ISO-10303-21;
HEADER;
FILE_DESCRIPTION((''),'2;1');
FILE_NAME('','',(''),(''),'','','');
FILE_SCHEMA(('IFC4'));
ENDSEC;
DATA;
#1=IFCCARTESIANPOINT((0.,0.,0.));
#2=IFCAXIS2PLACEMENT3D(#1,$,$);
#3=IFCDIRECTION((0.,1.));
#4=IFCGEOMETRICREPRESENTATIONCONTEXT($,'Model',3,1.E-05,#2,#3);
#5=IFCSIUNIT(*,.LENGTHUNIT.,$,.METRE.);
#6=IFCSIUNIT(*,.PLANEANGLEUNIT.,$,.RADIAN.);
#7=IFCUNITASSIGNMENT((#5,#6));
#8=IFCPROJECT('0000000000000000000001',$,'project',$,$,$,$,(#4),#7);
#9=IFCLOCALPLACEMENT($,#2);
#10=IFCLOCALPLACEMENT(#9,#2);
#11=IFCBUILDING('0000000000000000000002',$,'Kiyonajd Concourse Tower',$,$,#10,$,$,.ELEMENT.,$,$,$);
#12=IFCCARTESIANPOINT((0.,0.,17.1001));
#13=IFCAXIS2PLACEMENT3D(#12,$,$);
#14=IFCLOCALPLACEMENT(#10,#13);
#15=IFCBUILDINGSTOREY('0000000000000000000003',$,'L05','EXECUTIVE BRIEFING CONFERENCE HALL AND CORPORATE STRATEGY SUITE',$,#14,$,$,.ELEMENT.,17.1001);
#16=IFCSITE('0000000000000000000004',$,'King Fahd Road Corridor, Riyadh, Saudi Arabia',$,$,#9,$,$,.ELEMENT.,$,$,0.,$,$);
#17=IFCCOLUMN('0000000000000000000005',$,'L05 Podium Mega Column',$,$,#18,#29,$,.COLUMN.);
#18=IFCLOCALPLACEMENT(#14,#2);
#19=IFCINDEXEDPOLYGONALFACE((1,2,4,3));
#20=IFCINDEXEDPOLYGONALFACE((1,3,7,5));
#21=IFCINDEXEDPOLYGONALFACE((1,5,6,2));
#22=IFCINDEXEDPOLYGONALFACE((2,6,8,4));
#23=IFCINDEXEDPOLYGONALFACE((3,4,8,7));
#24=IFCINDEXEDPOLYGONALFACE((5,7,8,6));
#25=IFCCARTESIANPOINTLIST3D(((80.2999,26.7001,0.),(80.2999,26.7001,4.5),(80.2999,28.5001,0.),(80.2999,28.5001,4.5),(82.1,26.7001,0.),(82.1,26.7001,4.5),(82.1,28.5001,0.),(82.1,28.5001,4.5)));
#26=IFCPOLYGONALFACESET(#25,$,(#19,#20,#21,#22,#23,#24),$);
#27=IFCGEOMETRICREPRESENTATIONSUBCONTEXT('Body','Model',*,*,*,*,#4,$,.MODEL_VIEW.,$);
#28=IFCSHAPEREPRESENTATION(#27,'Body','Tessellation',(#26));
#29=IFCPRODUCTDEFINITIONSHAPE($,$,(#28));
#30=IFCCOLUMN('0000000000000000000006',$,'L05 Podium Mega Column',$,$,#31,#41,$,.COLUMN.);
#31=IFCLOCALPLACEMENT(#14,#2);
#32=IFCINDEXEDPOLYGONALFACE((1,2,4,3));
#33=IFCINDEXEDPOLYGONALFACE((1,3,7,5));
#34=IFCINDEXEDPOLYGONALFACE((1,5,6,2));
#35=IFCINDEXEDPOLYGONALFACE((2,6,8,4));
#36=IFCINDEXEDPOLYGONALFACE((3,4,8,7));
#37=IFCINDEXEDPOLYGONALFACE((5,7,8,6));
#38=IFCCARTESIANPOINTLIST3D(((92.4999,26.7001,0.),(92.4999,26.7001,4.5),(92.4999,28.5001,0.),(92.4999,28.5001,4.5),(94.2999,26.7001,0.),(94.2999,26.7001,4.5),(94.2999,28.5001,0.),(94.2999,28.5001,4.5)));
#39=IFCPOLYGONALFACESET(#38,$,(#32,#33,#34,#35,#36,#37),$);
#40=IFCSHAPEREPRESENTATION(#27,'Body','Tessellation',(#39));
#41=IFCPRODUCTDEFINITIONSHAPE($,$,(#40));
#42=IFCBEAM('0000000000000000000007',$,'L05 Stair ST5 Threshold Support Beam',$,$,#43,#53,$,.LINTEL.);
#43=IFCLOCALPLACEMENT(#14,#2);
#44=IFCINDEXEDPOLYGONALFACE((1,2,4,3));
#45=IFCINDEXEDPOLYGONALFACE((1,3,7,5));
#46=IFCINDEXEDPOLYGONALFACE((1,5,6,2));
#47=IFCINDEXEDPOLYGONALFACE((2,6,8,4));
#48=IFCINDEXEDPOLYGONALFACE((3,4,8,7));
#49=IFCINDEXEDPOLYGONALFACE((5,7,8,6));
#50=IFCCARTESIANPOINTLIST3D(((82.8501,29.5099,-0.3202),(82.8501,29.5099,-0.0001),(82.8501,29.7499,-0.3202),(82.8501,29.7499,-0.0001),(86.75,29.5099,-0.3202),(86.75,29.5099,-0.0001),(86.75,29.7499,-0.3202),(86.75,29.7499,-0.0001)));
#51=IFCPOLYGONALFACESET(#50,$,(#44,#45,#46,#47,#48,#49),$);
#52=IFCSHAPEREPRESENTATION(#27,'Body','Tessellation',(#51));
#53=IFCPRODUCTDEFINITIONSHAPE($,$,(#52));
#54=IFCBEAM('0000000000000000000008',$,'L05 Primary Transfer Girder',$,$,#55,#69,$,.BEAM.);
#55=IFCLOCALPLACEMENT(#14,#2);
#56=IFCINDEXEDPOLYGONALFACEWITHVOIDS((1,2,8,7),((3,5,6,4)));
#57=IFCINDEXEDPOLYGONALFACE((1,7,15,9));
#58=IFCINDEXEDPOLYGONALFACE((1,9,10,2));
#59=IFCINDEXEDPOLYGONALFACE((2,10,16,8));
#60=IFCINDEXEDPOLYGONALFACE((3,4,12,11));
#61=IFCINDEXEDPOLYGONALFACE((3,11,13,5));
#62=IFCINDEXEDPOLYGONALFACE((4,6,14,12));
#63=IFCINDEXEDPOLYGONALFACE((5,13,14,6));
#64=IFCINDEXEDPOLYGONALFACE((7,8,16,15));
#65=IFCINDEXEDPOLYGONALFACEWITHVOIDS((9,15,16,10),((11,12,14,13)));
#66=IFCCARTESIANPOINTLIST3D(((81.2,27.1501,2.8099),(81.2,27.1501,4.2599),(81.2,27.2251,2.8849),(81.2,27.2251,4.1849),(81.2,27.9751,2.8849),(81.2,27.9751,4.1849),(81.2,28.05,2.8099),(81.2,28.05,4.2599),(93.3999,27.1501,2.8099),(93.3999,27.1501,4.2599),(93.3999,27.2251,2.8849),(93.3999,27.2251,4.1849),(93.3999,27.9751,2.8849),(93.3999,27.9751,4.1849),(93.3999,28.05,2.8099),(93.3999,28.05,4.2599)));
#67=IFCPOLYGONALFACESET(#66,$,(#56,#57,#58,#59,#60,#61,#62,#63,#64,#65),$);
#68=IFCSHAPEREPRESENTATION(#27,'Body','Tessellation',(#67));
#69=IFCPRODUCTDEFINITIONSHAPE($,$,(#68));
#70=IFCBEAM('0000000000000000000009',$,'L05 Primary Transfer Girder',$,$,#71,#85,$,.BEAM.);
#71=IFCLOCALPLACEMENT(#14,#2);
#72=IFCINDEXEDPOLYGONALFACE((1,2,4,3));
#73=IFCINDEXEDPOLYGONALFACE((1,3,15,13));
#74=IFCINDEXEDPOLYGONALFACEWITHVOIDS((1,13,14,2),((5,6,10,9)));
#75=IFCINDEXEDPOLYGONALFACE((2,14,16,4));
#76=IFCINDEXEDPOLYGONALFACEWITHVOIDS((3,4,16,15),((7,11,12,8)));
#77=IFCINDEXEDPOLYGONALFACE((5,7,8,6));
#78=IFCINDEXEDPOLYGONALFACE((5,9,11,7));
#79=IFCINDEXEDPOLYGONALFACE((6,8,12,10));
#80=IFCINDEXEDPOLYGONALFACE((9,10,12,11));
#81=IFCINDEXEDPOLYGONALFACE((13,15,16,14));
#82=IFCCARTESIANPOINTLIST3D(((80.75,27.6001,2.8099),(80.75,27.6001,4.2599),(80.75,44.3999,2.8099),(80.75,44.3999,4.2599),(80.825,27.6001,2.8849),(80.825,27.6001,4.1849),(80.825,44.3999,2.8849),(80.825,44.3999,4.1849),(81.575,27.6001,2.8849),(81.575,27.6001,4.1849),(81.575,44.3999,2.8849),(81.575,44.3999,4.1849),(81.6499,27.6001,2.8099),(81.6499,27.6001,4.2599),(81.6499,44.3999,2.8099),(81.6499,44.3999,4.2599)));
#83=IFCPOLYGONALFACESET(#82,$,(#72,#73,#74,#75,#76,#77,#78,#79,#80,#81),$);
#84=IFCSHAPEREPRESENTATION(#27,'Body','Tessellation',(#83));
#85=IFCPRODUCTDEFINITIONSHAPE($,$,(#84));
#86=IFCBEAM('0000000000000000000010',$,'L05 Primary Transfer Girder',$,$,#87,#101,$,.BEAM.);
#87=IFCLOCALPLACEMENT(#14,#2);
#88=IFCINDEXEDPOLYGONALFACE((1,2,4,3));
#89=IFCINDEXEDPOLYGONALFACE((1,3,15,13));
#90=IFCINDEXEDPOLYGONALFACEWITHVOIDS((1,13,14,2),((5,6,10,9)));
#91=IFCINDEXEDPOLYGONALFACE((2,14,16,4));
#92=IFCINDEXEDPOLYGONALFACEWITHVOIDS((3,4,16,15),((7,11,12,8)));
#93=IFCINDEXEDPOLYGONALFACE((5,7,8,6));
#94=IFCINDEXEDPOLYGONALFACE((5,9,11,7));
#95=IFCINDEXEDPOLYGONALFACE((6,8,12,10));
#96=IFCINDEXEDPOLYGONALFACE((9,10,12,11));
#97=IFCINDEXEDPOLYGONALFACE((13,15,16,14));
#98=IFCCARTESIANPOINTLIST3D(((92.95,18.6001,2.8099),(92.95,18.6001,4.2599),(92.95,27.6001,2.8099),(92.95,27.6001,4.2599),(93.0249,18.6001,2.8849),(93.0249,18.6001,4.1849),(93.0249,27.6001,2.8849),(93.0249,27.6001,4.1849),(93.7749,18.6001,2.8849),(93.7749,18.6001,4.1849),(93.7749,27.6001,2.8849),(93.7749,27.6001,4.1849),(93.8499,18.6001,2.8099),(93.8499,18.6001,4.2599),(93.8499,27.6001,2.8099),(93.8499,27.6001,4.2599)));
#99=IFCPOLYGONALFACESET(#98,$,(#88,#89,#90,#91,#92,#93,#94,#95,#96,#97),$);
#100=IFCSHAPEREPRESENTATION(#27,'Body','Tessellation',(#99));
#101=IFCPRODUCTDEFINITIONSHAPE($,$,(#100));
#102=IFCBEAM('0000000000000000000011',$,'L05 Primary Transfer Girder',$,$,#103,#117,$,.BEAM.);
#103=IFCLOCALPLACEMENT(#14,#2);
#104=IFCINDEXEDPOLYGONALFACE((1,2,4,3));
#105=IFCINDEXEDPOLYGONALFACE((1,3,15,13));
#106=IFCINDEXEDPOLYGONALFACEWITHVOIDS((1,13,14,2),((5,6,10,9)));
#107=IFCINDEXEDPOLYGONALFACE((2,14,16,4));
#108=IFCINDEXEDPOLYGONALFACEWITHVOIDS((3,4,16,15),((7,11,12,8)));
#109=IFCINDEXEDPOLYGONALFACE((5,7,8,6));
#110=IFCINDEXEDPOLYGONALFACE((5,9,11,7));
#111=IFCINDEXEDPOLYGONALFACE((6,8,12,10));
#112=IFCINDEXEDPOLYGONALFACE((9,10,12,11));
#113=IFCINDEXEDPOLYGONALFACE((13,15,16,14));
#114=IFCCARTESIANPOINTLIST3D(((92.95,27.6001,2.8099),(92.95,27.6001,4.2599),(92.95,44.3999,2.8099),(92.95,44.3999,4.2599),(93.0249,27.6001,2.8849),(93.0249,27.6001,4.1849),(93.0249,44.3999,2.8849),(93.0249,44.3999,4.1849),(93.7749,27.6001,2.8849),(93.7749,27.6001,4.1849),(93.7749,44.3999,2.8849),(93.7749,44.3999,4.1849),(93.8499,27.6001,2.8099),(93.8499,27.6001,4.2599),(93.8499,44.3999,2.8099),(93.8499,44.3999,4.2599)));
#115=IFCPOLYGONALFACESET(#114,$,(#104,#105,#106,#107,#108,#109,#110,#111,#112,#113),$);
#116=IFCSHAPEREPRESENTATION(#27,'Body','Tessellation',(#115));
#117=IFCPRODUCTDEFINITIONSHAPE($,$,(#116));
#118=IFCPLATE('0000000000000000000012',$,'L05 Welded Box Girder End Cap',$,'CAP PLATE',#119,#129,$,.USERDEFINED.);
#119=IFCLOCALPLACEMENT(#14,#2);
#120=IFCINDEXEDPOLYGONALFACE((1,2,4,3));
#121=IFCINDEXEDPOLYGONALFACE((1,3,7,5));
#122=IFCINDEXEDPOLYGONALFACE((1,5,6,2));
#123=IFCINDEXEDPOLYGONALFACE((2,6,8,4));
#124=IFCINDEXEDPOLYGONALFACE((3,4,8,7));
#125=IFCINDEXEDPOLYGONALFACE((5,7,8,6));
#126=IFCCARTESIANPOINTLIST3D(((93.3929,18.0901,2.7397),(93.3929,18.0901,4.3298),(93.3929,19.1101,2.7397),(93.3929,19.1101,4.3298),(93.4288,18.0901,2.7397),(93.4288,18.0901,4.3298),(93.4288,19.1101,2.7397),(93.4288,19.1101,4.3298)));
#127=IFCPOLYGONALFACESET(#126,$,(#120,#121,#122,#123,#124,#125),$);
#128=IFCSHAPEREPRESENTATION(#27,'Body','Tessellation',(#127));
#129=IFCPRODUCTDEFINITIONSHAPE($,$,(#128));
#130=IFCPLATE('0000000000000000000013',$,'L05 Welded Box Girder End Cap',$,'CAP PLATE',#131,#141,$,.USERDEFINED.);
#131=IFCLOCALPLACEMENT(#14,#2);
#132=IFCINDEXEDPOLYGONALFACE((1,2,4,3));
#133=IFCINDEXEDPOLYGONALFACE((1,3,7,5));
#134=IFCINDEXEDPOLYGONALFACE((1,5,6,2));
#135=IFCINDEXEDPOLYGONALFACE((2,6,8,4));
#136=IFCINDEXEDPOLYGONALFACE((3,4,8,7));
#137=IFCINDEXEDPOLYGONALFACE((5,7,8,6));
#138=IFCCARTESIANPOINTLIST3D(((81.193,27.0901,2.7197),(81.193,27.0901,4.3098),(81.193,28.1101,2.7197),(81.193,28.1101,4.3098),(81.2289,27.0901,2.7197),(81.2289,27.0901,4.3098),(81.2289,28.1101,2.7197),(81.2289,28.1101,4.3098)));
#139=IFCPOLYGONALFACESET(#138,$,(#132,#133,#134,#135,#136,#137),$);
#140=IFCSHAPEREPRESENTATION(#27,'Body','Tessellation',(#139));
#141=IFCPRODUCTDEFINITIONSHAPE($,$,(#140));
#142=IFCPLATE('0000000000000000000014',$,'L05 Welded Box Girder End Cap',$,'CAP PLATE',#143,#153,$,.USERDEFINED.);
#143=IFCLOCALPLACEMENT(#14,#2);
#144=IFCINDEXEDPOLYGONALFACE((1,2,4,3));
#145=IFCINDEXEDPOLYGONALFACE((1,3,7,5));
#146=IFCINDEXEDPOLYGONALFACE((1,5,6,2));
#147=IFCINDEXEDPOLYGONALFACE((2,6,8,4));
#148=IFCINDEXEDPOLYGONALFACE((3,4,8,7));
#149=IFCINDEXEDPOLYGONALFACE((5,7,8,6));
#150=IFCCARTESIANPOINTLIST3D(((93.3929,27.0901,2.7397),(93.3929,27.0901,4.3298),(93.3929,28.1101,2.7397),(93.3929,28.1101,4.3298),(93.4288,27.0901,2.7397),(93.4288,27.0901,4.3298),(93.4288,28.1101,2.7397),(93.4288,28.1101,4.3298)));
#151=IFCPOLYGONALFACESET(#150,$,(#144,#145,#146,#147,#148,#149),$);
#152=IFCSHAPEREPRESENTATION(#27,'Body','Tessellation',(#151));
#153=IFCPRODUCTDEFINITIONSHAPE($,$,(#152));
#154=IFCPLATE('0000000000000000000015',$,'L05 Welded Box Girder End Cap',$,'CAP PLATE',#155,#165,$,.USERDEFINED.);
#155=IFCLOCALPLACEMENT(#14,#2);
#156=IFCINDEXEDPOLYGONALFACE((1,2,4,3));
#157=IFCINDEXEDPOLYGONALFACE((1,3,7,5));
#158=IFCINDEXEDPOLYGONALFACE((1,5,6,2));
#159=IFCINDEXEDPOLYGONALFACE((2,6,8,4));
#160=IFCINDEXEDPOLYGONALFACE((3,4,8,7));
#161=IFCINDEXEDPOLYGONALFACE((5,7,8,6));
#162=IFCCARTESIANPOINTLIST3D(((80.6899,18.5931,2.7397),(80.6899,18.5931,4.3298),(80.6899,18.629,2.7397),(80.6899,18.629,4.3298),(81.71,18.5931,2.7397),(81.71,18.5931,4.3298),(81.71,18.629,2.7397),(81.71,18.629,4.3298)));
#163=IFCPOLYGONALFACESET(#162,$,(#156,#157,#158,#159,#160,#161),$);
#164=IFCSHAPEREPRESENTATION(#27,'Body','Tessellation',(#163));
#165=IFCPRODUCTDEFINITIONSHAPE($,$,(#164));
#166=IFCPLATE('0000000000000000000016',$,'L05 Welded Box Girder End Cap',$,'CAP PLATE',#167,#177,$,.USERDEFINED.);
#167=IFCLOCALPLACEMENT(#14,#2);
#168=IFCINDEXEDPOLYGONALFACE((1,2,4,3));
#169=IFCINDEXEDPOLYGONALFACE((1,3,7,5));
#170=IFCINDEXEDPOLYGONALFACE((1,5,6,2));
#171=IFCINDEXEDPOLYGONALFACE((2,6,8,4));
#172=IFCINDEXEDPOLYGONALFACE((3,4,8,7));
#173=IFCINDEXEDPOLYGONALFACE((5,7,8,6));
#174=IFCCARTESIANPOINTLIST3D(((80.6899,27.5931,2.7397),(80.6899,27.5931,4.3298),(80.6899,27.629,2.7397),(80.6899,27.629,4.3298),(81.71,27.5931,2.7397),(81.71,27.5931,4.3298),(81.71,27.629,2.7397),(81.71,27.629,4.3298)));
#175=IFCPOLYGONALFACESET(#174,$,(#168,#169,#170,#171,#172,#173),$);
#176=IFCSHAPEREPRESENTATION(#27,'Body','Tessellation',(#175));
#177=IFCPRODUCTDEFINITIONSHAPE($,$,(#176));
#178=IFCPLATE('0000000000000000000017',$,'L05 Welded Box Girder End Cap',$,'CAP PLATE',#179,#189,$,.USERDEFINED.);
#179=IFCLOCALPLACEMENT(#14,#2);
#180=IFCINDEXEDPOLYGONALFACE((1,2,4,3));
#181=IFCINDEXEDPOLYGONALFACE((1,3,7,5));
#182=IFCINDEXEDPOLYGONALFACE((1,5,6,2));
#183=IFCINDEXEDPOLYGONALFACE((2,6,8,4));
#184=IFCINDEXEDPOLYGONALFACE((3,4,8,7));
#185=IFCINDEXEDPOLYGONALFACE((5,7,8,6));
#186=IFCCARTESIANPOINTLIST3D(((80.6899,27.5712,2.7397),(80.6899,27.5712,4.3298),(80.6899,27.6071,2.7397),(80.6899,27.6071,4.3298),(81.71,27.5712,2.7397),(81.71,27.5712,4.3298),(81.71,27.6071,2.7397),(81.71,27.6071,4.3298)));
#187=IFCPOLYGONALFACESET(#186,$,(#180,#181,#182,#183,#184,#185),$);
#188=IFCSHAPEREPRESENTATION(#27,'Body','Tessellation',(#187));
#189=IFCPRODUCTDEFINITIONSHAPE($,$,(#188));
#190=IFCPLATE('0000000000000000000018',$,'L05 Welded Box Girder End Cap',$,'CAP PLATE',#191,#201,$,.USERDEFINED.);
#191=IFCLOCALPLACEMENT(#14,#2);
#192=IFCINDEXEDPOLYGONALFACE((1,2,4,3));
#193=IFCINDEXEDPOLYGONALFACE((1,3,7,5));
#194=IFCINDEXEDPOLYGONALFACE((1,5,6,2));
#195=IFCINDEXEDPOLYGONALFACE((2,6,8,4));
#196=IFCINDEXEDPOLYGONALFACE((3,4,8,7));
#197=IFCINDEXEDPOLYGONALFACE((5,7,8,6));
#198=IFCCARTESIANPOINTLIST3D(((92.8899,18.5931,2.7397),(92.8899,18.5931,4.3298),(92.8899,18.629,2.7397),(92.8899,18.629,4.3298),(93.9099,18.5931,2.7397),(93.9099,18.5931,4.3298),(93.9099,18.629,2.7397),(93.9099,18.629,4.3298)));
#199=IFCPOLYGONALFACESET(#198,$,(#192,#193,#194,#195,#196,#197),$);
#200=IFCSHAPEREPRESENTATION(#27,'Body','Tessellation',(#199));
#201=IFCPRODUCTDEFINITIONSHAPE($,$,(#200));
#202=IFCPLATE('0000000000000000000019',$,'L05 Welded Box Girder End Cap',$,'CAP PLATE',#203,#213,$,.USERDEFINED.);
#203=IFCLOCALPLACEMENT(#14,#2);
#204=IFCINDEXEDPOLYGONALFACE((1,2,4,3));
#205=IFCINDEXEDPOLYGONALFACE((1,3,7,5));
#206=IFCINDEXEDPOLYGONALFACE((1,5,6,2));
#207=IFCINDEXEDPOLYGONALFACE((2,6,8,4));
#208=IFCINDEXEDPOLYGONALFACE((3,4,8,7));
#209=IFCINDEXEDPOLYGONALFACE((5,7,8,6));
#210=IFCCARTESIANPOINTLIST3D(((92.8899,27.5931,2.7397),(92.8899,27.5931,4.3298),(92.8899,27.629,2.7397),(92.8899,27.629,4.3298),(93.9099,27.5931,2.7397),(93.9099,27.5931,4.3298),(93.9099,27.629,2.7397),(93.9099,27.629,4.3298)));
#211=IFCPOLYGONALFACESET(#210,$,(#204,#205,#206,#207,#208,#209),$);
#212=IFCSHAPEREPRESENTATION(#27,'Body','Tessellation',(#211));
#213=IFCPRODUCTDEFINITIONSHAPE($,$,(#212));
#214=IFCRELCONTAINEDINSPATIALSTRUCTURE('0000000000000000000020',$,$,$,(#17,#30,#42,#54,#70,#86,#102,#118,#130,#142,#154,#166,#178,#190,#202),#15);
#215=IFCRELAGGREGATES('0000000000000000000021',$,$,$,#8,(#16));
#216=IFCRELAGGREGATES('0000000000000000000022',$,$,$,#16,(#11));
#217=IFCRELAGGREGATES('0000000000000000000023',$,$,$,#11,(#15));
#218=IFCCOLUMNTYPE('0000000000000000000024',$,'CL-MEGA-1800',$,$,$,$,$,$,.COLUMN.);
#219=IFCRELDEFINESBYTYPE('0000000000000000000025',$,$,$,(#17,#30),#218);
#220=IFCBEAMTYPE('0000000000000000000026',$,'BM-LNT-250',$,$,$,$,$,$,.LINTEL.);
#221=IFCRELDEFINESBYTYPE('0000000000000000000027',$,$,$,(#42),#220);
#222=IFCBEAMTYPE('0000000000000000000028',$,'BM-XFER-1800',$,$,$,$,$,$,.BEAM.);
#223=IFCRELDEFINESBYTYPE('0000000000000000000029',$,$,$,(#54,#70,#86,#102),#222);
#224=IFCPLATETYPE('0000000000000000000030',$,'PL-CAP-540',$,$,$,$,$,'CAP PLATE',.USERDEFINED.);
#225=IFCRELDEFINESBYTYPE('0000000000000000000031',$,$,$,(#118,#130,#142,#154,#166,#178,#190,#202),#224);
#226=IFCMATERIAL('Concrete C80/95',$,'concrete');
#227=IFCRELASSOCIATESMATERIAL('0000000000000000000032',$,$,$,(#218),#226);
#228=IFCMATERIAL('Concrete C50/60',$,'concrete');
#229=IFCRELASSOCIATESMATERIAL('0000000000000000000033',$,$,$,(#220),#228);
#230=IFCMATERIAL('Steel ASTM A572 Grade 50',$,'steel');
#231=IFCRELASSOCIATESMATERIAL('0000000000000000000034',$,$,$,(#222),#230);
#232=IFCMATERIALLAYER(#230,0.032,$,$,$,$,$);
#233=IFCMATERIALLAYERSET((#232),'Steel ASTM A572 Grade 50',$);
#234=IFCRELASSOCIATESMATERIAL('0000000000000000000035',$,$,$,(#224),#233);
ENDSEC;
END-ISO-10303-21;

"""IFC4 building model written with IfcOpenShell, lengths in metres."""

from ifc_helpers import new_model, si_unit, direction, frame, origin, origin_2d, place, context, subcontext, project, spatial, rectangle, hollow_rectangle, extrude, material, layer, layer_set, material_profile, profile_set, type_object, element, save


model = new_model("IFC4")

# Units and contexts
model_context = context("Model", 3, precision=1e-05, world=origin(), true_north=direction((0.0, 1.0)))
body_context = subcontext(model_context, "Body", "Model", "MODEL_VIEW")
ifc_project = project(units=[si_unit("LENGTHUNIT", "METRE"), si_unit("PLANEANGLEUNIT", "RADIAN")], contexts=[model_context])

# Site, building, storey
site_placement = place(None, origin())
site = spatial("IfcSite", under=ifc_project, at=site_placement, Name="King Fahd Road Corridor, Riyadh, Saudi Arabia", CompositionType="ELEMENT", RefElevation=0.0)
building_placement = place(site_placement, origin())
building = spatial("IfcBuilding", under=site, at=building_placement, Name="Kiyonajd Concourse Tower", CompositionType="ELEMENT")
storey_placement = place(building_placement, frame((0.0, 0.0, 17.1001)))
storey = spatial("IfcBuildingStorey", under=building, at=storey_placement, Name="L05", Description="EXECUTIVE BRIEFING CONFERENCE HALL AND CORPORATE STRATEGY SUITE", CompositionType="ELEMENT", Elevation=17.1001)

# Columns
ifc_material_1 = material(Name="Concrete C80/95", Category="concrete")
ifc_material_profile_1 = material_profile(ifc_material_1, rectangle(XDim=1.8, YDim=1.8, at=origin_2d()), Name="RC-1800x1800")
ifc_profile_set_1 = profile_set([ifc_material_profile_1], Name="Concrete C80/95")
column_type = type_object("IfcColumnType", Name="CL-MEGA-1800", PredefinedType="COLUMN", material=ifc_profile_set_1)
for number, where, z_axis, x_axis, name in (
    (1, (81.2, 27.6001, 0.0), (0.0, 0.0, 1.0), (1.0, 0.0, 0.0), "L05 Podium Mega Column"),
    (2, (93.3999, 27.6001, 0.0), (0.0, 0.0, 1.0), (1.0, 0.0, 0.0), "L05 Podium Mega Column"),
):
    element("IfcColumn", number, at=place(storey_placement, frame(where, z_axis=z_axis, x_axis=x_axis)), inside=storey, type_object=column_type, Name=name, PredefinedType="COLUMN", context=body_context, shape_type="SweptSolid", body=[
        extrude(rectangle(XDim=1.8, YDim=1.8, at=origin_2d()), origin(), (0.0, 0.0, 1.0), 4.5),
    ])

# Beams
ifc_material_2 = material(Name="Concrete C50/60", Category="concrete")
ifc_material_profile_2 = material_profile(ifc_material_2, rectangle(XDim=0.24, YDim=0.3201, at=origin_2d()), Name="RCBM-240x320")
ifc_profile_set_2 = profile_set([ifc_material_profile_2], Name="Concrete C50/60")
beam_type_1 = type_object("IfcBeamType", Name="BM-LNT-250", PredefinedType="LINTEL", material=ifc_profile_set_2)
beam_1_placement = place(storey_placement, frame((82.8501, 29.6299, -0.1602), z_axis=(1.0, 0.0, 0.0), x_axis=(0.0, 1.0, 0.0)))
element("IfcBeam", 3, at=beam_1_placement, inside=storey, type_object=beam_type_1, Name="L05 Stair ST5 Threshold Support Beam", PredefinedType="LINTEL", context=body_context, shape_type="SweptSolid", body=[
    extrude(rectangle(XDim=0.24, YDim=0.3201, at=origin_2d()), origin(), (0.0, 0.0, 1.0), 3.8999),
])
ifc_material_3 = material(Name="Steel ASTM A572 Grade 50", Category="steel")
ifc_material_profile_3 = material_profile(ifc_material_3, hollow_rectangle(XDim=0.8999, YDim=1.45, WallThickness=0.075, at=origin_2d()), Name="BOX-1450x900x75")
ifc_profile_set_3 = profile_set([ifc_material_profile_3], Name="Steel ASTM A572 Grade 50")
beam_type_2 = type_object("IfcBeamType", Name="BM-XFER-1800", PredefinedType="BEAM", material=ifc_profile_set_3)
beam_2_placement = place(storey_placement, frame((81.2, 27.6001, 3.5349), z_axis=(1.0, 0.0, 0.0), x_axis=(0.0, 1.0, 0.0)))
element("IfcBeam", 4, at=beam_2_placement, inside=storey, type_object=beam_type_2, Name="L05 Primary Transfer Girder", PredefinedType="BEAM", context=body_context, shape_type="SweptSolid", body=[
    extrude(hollow_rectangle(XDim=0.8999, YDim=1.45, WallThickness=0.075, at=origin_2d()), origin(), (0.0, 0.0, 1.0), 12.2),
])
beam_3_placement = place(storey_placement, frame((81.2, 27.6001, 3.5349), z_axis=(0.0, 1.0, 0.0), x_axis=(-1.0, 0.0, 0.0)))
element("IfcBeam", 5, at=beam_3_placement, inside=storey, type_object=beam_type_2, Name="L05 Primary Transfer Girder", PredefinedType="BEAM", context=body_context, shape_type="SweptSolid", body=[
    extrude(hollow_rectangle(XDim=0.8999, YDim=1.45, WallThickness=0.075, at=origin_2d()), origin(), (0.0, 0.0, 1.0), 16.7998),
])
beam_4_placement = place(storey_placement, frame((93.3999, 18.6001, 3.5349), z_axis=(0.0, 1.0, 0.0), x_axis=(-1.0, 0.0, 0.0)))
element("IfcBeam", 6, at=beam_4_placement, inside=storey, type_object=beam_type_2, Name="L05 Primary Transfer Girder", PredefinedType="BEAM", context=body_context, shape_type="SweptSolid", body=[
    extrude(hollow_rectangle(XDim=0.8999, YDim=1.45, WallThickness=0.075, at=origin_2d()), origin(), (0.0, 0.0, 1.0), 9.0),
])
beam_5_placement = place(storey_placement, frame((93.3999, 27.6001, 3.5349), z_axis=(0.0, 1.0, 0.0), x_axis=(-1.0, 0.0, 0.0)))
element("IfcBeam", 7, at=beam_5_placement, inside=storey, type_object=beam_type_2, Name="L05 Primary Transfer Girder", PredefinedType="BEAM", context=body_context, shape_type="SweptSolid", body=[
    extrude(hollow_rectangle(XDim=0.8999, YDim=1.45, WallThickness=0.075, at=origin_2d()), origin(), (0.0, 0.0, 1.0), 16.7998),
])

# Plates
ifc_layer_1 = layer(ifc_material_3, 0.032)
ifc_layer_set_1 = layer_set([ifc_layer_1], Name="Steel ASTM A572 Grade 50")
plate_type = type_object("IfcPlateType", Name="PL-CAP-540", ElementType="CAP PLATE", PredefinedType="USERDEFINED", material=ifc_layer_set_1)
for number, where, z_axis, x_axis, name in (
    (8, (93.4109, 18.6001, 2.7397), (0.0, 0.0, 1.0), (1.0, 0.0, 0.0), "L05 Welded Box Girder End Cap"),
    (9, (81.2109, 27.6001, 2.7197), (0.0, 0.0, 1.0), (1.0, 0.0, 0.0), "L05 Welded Box Girder End Cap"),
    (10, (93.4109, 27.6001, 2.7397), (0.0, 0.0, 1.0), (1.0, 0.0, 0.0), "L05 Welded Box Girder End Cap"),
    (11, (81.2, 18.6111, 2.7397), (0.0, 0.0, 1.0), (0.0, 1.0, 0.0), "L05 Welded Box Girder End Cap"),
    (12, (81.2, 27.6111, 2.7397), (0.0, 0.0, 1.0), (0.0, 1.0, 0.0), "L05 Welded Box Girder End Cap"),
    (13, (81.2, 27.5891, 2.7397), (0.0, 0.0, 1.0), (0.0, -1.0, 0.0), "L05 Welded Box Girder End Cap"),
    (14, (93.3999, 18.6111, 2.7397), (0.0, 0.0, 1.0), (0.0, 1.0, 0.0), "L05 Welded Box Girder End Cap"),
    (15, (93.3999, 27.6111, 2.7397), (0.0, 0.0, 1.0), (0.0, 1.0, 0.0), "L05 Welded Box Girder End Cap"),
):
    element("IfcPlate", number, at=place(storey_placement, frame(where, z_axis=z_axis, x_axis=x_axis)), inside=storey, type_object=plate_type, Name=name, ObjectType="CAP PLATE", PredefinedType="USERDEFINED", context=body_context, shape_type="SweptSolid", body=[
        extrude(rectangle(XDim=0.0359, YDim=1.02, at=origin_2d()), origin(), (0.0, 0.0, 1.0), 1.5901),
    ])

save(model, "model.ifc")
